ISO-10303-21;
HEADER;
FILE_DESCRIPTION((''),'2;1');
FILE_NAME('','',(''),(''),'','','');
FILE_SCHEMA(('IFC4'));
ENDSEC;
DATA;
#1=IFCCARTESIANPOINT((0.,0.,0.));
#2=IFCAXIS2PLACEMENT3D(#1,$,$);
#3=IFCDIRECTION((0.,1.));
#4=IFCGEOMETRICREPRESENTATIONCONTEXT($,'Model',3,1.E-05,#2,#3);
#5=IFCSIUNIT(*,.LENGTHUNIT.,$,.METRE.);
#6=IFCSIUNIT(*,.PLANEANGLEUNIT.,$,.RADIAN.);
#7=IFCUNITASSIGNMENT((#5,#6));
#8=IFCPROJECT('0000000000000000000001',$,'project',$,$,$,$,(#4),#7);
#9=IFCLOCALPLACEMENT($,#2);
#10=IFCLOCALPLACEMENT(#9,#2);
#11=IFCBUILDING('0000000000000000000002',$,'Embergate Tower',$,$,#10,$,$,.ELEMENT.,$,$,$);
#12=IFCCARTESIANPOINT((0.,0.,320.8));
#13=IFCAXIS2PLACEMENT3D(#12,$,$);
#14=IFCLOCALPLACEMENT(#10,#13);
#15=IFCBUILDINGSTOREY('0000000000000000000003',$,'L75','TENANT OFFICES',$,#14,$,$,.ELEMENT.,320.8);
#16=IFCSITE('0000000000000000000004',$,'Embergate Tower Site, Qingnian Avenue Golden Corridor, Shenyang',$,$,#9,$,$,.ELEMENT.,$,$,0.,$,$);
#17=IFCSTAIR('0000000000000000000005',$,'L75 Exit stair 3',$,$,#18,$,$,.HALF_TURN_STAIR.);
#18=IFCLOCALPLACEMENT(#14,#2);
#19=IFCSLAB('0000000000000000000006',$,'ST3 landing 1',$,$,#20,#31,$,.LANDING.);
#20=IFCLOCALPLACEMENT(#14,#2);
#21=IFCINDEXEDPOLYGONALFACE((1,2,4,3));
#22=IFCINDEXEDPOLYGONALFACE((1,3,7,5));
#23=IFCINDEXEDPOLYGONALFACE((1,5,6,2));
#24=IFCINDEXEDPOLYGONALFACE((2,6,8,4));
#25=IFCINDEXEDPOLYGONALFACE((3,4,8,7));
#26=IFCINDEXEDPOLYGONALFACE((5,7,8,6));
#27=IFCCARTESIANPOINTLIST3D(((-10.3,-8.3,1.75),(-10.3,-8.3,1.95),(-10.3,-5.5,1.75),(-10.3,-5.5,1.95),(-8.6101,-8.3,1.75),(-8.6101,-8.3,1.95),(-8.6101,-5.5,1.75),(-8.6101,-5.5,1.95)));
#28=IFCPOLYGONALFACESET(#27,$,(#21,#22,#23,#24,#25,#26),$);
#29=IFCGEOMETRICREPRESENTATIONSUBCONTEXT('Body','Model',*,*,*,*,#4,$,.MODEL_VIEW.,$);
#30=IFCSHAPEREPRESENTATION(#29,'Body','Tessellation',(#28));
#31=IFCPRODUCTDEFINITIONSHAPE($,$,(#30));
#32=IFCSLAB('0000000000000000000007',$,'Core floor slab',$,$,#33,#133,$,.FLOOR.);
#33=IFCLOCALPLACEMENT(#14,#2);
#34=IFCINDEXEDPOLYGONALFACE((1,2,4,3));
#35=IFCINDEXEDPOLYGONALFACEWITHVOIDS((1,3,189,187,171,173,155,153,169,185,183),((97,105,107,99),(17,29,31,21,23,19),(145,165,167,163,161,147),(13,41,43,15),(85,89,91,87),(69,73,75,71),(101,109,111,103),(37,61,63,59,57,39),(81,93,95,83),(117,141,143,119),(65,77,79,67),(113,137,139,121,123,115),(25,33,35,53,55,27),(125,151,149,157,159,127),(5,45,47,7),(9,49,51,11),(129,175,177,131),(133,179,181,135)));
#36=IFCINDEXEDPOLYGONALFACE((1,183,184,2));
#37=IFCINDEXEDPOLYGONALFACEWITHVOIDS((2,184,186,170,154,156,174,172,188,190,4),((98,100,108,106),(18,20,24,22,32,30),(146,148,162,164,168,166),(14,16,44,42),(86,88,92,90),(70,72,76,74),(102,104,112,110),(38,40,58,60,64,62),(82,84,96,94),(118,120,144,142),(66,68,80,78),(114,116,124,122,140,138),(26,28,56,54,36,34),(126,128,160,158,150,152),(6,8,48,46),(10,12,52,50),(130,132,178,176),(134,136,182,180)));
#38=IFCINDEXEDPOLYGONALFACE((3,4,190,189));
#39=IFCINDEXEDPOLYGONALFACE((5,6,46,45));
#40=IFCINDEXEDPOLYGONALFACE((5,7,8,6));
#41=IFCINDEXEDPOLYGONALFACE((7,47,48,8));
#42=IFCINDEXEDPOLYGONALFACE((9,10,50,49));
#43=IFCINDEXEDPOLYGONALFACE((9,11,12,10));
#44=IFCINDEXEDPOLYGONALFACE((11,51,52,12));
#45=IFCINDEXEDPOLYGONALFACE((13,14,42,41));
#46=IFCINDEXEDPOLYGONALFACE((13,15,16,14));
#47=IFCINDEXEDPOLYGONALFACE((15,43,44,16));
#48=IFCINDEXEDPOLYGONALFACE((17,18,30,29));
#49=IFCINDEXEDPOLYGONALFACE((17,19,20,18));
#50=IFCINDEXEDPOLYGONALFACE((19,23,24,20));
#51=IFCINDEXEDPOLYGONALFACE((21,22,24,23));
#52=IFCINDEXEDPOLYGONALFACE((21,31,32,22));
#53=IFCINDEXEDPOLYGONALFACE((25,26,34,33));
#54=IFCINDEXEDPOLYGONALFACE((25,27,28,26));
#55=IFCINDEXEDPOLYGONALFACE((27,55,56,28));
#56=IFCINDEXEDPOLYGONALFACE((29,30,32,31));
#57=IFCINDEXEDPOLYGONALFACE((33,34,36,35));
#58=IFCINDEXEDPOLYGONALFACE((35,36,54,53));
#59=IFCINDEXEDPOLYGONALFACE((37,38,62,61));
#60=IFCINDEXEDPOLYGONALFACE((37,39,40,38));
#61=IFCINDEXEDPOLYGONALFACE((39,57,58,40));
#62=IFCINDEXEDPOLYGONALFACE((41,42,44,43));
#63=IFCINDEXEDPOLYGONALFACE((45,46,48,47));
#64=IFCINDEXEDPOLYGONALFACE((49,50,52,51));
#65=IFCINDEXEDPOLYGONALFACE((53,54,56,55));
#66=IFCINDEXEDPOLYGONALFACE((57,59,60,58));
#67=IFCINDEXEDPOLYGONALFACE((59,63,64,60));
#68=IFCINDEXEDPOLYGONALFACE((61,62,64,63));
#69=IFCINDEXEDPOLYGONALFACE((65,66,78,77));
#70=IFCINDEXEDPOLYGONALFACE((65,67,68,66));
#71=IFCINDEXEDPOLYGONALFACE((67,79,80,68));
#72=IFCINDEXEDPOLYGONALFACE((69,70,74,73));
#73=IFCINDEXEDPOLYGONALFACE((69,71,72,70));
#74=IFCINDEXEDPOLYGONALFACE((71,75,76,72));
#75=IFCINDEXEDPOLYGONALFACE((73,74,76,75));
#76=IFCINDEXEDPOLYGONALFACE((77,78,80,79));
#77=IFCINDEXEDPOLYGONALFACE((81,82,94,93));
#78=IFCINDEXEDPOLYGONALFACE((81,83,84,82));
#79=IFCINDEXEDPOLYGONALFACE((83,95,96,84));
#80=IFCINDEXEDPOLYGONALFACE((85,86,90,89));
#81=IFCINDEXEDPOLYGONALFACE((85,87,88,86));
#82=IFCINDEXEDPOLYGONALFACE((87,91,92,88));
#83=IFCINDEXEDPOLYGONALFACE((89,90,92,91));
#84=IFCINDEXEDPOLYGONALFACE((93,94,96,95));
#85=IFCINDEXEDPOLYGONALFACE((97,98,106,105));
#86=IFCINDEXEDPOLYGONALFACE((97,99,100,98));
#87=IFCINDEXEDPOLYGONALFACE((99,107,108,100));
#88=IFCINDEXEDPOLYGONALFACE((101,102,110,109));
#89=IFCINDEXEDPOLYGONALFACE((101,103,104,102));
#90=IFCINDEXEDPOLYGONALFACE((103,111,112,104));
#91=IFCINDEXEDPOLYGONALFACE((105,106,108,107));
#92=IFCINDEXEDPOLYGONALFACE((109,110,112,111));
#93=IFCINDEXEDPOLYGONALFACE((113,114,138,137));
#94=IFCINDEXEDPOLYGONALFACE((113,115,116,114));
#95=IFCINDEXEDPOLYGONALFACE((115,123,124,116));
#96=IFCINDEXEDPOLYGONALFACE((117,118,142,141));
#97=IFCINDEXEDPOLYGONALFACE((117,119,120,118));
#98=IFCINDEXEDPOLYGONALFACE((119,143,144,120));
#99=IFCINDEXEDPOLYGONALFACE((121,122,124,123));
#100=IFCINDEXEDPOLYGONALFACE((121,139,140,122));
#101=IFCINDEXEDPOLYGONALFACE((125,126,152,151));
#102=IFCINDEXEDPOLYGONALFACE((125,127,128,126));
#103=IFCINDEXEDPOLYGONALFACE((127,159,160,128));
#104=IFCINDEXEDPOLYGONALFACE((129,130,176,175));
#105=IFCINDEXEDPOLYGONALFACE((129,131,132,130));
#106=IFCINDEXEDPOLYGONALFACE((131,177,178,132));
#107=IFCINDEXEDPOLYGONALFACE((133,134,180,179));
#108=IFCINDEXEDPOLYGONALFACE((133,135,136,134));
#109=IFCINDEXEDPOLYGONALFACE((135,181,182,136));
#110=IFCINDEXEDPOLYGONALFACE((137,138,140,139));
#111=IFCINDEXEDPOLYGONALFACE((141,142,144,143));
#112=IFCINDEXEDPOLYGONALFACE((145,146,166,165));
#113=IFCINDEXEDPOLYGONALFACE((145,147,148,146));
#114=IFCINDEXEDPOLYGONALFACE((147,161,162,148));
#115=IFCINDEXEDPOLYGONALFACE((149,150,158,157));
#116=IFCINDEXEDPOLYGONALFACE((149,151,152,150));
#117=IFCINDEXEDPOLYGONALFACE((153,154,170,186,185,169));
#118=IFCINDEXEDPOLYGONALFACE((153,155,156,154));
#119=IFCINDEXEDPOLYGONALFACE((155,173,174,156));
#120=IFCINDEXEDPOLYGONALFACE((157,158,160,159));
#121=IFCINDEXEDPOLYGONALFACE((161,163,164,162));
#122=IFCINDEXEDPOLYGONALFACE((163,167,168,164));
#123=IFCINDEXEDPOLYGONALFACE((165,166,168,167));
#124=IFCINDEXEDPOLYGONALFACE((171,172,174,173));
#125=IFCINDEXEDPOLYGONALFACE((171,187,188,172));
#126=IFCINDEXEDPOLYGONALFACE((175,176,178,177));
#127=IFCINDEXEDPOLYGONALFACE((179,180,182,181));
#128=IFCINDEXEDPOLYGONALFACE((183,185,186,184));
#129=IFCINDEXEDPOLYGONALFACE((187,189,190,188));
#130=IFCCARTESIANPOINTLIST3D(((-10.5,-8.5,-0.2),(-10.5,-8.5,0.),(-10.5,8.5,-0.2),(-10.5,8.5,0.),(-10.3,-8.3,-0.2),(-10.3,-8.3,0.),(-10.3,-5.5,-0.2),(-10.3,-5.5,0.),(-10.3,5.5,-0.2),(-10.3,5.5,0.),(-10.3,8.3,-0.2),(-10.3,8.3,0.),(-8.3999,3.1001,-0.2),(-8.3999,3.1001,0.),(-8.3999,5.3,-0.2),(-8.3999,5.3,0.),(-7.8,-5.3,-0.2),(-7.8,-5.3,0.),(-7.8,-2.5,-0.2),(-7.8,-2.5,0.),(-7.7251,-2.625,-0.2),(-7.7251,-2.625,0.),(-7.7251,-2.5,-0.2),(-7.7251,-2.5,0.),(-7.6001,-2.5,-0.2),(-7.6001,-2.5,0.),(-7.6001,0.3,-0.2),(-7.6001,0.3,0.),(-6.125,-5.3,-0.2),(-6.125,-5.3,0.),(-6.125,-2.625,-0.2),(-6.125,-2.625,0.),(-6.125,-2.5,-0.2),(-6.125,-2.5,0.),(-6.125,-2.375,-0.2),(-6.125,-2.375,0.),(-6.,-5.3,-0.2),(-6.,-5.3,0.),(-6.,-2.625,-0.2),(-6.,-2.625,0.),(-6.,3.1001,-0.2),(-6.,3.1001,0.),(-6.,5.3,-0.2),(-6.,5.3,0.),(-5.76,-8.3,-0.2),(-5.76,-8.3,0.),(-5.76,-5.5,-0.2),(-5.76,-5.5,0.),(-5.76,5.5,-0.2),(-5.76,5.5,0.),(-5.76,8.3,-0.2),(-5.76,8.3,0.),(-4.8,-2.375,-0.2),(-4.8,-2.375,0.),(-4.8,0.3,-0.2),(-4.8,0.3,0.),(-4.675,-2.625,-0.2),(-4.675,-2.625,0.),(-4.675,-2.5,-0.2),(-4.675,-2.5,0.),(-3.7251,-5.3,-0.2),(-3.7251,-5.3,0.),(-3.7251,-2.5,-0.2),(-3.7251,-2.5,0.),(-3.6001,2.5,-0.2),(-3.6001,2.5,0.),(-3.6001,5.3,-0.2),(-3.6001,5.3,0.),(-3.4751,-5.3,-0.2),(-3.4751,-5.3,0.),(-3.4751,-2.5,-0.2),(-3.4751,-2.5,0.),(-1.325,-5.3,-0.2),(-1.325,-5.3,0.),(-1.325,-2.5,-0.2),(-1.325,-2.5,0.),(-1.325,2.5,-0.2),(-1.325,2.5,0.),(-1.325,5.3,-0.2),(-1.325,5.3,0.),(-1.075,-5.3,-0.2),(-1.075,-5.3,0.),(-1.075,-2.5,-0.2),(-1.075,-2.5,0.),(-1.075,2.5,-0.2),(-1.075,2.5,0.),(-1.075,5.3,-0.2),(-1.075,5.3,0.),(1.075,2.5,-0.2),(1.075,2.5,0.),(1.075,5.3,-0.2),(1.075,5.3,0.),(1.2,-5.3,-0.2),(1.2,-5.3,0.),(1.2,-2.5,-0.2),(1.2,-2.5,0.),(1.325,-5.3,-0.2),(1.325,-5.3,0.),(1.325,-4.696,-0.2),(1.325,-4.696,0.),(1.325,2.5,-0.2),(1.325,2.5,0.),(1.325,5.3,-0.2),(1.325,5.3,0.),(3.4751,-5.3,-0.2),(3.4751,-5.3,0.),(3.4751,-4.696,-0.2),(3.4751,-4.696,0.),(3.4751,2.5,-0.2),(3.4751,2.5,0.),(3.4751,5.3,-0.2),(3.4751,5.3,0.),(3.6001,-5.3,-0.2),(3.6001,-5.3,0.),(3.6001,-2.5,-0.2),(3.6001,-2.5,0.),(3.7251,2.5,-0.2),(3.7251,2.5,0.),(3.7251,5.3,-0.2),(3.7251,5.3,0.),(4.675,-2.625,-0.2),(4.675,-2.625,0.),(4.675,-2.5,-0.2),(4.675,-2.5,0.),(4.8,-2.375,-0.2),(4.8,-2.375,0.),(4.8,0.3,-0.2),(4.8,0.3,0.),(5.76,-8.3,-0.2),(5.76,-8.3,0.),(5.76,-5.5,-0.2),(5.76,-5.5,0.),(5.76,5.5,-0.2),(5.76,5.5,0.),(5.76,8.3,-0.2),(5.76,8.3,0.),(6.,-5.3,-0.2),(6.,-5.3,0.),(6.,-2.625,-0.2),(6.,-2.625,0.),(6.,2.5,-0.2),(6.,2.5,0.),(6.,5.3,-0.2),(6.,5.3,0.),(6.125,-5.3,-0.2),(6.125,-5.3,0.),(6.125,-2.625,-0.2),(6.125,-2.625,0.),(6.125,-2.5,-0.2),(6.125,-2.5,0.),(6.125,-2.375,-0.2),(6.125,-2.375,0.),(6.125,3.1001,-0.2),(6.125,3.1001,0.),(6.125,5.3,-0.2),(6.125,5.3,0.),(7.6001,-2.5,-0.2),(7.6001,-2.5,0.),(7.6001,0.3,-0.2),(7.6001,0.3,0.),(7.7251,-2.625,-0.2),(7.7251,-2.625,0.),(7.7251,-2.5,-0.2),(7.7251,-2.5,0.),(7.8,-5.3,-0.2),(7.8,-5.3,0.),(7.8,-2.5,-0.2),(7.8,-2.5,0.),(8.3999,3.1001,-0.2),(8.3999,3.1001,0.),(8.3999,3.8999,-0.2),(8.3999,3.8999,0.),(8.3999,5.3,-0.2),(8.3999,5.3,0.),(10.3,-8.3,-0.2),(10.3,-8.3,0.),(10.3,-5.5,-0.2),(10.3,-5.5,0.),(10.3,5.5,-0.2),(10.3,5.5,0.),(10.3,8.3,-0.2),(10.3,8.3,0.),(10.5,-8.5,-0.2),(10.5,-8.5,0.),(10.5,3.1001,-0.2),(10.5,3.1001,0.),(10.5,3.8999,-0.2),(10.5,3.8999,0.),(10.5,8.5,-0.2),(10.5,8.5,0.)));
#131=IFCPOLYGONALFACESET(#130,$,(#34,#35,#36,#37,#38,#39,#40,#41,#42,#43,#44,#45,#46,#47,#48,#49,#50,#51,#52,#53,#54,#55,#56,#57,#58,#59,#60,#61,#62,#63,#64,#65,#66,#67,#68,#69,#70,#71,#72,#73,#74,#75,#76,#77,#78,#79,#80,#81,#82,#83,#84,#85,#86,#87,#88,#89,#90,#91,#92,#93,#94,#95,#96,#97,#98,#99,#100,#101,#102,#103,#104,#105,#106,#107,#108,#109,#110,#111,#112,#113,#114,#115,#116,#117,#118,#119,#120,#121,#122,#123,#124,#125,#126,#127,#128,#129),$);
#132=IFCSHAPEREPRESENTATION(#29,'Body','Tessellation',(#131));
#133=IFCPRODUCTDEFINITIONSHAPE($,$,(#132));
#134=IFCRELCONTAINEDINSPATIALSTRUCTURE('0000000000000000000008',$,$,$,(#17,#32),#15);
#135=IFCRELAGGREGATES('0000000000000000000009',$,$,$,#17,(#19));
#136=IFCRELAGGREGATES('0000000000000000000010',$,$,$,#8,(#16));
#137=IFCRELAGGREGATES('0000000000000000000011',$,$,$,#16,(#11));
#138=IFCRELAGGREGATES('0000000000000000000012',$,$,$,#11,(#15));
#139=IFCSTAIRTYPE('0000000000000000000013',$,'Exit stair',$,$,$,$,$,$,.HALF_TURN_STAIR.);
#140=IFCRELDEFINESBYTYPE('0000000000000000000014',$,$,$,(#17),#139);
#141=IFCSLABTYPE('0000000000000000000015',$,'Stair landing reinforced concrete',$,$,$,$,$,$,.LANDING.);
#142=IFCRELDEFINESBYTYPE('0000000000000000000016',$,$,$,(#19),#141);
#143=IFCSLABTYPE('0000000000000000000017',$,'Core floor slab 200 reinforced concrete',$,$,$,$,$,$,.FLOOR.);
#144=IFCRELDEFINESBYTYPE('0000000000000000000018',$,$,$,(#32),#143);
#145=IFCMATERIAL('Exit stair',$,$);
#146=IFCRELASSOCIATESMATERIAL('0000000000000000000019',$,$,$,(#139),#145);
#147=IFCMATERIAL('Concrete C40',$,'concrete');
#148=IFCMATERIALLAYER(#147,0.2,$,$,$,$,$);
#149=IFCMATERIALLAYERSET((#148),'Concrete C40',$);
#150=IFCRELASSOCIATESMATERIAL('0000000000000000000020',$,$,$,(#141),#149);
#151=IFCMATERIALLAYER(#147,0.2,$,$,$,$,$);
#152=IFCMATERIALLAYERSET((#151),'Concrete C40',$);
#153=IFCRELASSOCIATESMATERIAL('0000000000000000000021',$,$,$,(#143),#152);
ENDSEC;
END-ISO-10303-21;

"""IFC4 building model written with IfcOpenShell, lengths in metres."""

from ifc_helpers import new_model, si_unit, direction, frame, origin, place, context, subcontext, project, spatial, polyline, outline, extrude, source, transform, mapped, material, layer, layer_set, type_object, element, aggregate, save


model = new_model("IFC4")

# Units and contexts
model_context = context("Model", 3, precision=1e-05, world=origin(), true_north=direction((0.0, 1.0)))
body_context = subcontext(model_context, "Body", "Model", "MODEL_VIEW")
ifc_project = project(units=[si_unit("LENGTHUNIT", "METRE"), si_unit("PLANEANGLEUNIT", "RADIAN")], contexts=[model_context])

# Site, building, storey
site_placement = place(None, origin())
site = spatial("IfcSite", under=ifc_project, at=site_placement, Name="Embergate Tower Site, Qingnian Avenue Golden Corridor, Shenyang", CompositionType="ELEMENT", RefElevation=0.0)
building_placement = place(site_placement, origin())
building = spatial("IfcBuilding", under=site, at=building_placement, Name="Embergate Tower", CompositionType="ELEMENT")
storey_placement = place(building_placement, frame((0.0, 0.0, 320.8)))
storey = spatial("IfcBuildingStorey", under=building, at=storey_placement, Name="L75", Description="TENANT OFFICES", CompositionType="ELEMENT", Elevation=320.8)

# Stair, slab
ifc_material_1 = material(Name="Exit stair")
stair_type = type_object("IfcStairType", Name="Exit stair", PredefinedType="HALF_TURN_STAIR", material=ifc_material_1)
stair_placement = place(storey_placement, origin())
stair = element("IfcStair", 1, at=stair_placement, inside=storey, type_object=stair_type, Name="L75 Exit stair 3", PredefinedType="HALF_TURN_STAIR")
ifc_material_2 = material(Name="Concrete C40", Category="concrete")
ifc_layer_1 = layer(ifc_material_2, 0.2)
ifc_layer_set_1 = layer_set([ifc_layer_1], Name="Concrete C40")
slab_type_1 = type_object("IfcSlabType", Name="Stair landing reinforced concrete", PredefinedType="LANDING", material=ifc_layer_set_1)
shared_shape_1 = source(origin(), body_context, "Body", "SweptSolid", [
    extrude(outline(polyline([(0.0, 0.0), (1.6899, 0.0), (1.6899, 2.8), (0.0, 2.8), (0.0, 0.0)])), origin(), (0.0, 0.0, 1.0), 0.2),
])
slab_1_placement = place(storey_placement, frame((-10.3, -8.3, 1.75)))
slab_1 = element("IfcSlab", 2, at=slab_1_placement, type_object=slab_type_1, Name="ST3 landing 1", PredefinedType="LANDING", context=body_context, shape_type="MappedRepresentation", body=[
    mapped(shared_shape_1, transform((0.0, 0.0, 0.0))),
])

# Slab
ifc_layer_2 = layer(ifc_material_2, 0.2)
ifc_layer_set_2 = layer_set([ifc_layer_2], Name="Concrete C40")
slab_type_2 = type_object("IfcSlabType", Name="Core floor slab 200 reinforced concrete", PredefinedType="FLOOR", material=ifc_layer_set_2)
shared_shape_2 = source(origin(), body_context, "Body", "SweptSolid", [
    extrude(outline(polyline([(0.0, 0.0), (21.0, 0.0), (21.0, 11.6001), (18.8999, 11.6001), (16.625, 11.6001), (16.625, 13.8), (18.8999, 13.8), (18.8999, 12.3999), (21.0, 12.3999), (21.0, 17.0), (0.0, 17.0), (0.0, 0.0)]), holes=[polyline([(0.2, 0.2), (0.2, 3.0), (4.74, 3.0), (4.74, 0.2), (0.2, 0.2)]), polyline([(16.26, 0.2), (16.26, 3.0), (20.8, 3.0), (20.8, 0.2), (16.26, 0.2)]), polyline([(2.7, 3.2), (2.7, 6.0), (2.7749, 6.0), (2.7749, 5.875), (4.375, 5.875), (4.375, 3.2), (2.7, 3.2)]), polyline([(4.5, 3.2), (4.5, 5.875), (5.825, 5.875), (5.825, 6.0), (6.7749, 6.0), (6.7749, 3.2), (4.5, 3.2)]), polyline([(7.0249, 3.2), (7.0249, 6.0), (9.175, 6.0), (9.175, 3.2), (7.0249, 3.2)]), polyline([(9.425, 3.2), (9.425, 6.0), (11.7, 6.0), (11.7, 3.2), (9.425, 3.2)]), polyline([(11.825, 3.2), (11.825, 3.804), (13.9751, 3.804), (13.9751, 3.2), (11.825, 3.2)]), polyline([(14.1001, 3.2), (14.1001, 6.0), (15.175, 6.0), (15.175, 5.875), (16.5, 5.875), (16.5, 3.2), (14.1001, 3.2)]), polyline([(16.625, 3.2), (16.625, 5.875), (18.2251, 5.875), (18.2251, 6.0), (18.3, 6.0), (18.3, 3.2), (16.625, 3.2)]), polyline([(2.8999, 6.0), (2.8999, 8.8), (5.7, 8.8), (5.7, 6.125), (4.375, 6.125), (4.375, 6.0), (2.8999, 6.0)]), polyline([(16.625, 6.0), (16.625, 6.125), (15.3, 6.125), (15.3, 8.8), (18.1001, 8.8), (18.1001, 6.0), (16.625, 6.0)]), polyline([(6.8999, 11.0), (6.8999, 13.8), (9.175, 13.8), (9.175, 11.0), (6.8999, 11.0)]), polyline([(9.425, 11.0), (9.425, 13.8), (11.575, 13.8), (11.575, 11.0), (9.425, 11.0)]), polyline([(11.825, 11.0), (11.825, 13.8), (13.9751, 13.8), (13.9751, 11.0), (11.825, 11.0)]), polyline([(14.2251, 11.0), (14.2251, 13.8), (16.5, 13.8), (16.5, 11.0), (14.2251, 11.0)]), polyline([(2.1001, 11.6001), (2.1001, 13.8), (4.5, 13.8), (4.5, 11.6001), (2.1001, 11.6001)]), polyline([(0.2, 14.0), (0.2, 16.8), (4.74, 16.8), (4.74, 14.0), (0.2, 14.0)]), polyline([(16.26, 14.0), (16.26, 16.8), (20.8, 16.8), (20.8, 14.0), (16.26, 14.0)])]), origin(), (0.0, 0.0, 1.0), 0.2),
])
slab_2_placement = place(storey_placement, frame((-10.5, -8.5, -0.2)))
element("IfcSlab", 3, at=slab_2_placement, inside=storey, type_object=slab_type_2, Name="Core floor slab", PredefinedType="FLOOR", context=body_context, shape_type="MappedRepresentation", body=[
    mapped(shared_shape_2, transform((0.0, 0.0, 0.0))),
])

aggregate(stair, [slab_1])

save(model, "model.ifc")
